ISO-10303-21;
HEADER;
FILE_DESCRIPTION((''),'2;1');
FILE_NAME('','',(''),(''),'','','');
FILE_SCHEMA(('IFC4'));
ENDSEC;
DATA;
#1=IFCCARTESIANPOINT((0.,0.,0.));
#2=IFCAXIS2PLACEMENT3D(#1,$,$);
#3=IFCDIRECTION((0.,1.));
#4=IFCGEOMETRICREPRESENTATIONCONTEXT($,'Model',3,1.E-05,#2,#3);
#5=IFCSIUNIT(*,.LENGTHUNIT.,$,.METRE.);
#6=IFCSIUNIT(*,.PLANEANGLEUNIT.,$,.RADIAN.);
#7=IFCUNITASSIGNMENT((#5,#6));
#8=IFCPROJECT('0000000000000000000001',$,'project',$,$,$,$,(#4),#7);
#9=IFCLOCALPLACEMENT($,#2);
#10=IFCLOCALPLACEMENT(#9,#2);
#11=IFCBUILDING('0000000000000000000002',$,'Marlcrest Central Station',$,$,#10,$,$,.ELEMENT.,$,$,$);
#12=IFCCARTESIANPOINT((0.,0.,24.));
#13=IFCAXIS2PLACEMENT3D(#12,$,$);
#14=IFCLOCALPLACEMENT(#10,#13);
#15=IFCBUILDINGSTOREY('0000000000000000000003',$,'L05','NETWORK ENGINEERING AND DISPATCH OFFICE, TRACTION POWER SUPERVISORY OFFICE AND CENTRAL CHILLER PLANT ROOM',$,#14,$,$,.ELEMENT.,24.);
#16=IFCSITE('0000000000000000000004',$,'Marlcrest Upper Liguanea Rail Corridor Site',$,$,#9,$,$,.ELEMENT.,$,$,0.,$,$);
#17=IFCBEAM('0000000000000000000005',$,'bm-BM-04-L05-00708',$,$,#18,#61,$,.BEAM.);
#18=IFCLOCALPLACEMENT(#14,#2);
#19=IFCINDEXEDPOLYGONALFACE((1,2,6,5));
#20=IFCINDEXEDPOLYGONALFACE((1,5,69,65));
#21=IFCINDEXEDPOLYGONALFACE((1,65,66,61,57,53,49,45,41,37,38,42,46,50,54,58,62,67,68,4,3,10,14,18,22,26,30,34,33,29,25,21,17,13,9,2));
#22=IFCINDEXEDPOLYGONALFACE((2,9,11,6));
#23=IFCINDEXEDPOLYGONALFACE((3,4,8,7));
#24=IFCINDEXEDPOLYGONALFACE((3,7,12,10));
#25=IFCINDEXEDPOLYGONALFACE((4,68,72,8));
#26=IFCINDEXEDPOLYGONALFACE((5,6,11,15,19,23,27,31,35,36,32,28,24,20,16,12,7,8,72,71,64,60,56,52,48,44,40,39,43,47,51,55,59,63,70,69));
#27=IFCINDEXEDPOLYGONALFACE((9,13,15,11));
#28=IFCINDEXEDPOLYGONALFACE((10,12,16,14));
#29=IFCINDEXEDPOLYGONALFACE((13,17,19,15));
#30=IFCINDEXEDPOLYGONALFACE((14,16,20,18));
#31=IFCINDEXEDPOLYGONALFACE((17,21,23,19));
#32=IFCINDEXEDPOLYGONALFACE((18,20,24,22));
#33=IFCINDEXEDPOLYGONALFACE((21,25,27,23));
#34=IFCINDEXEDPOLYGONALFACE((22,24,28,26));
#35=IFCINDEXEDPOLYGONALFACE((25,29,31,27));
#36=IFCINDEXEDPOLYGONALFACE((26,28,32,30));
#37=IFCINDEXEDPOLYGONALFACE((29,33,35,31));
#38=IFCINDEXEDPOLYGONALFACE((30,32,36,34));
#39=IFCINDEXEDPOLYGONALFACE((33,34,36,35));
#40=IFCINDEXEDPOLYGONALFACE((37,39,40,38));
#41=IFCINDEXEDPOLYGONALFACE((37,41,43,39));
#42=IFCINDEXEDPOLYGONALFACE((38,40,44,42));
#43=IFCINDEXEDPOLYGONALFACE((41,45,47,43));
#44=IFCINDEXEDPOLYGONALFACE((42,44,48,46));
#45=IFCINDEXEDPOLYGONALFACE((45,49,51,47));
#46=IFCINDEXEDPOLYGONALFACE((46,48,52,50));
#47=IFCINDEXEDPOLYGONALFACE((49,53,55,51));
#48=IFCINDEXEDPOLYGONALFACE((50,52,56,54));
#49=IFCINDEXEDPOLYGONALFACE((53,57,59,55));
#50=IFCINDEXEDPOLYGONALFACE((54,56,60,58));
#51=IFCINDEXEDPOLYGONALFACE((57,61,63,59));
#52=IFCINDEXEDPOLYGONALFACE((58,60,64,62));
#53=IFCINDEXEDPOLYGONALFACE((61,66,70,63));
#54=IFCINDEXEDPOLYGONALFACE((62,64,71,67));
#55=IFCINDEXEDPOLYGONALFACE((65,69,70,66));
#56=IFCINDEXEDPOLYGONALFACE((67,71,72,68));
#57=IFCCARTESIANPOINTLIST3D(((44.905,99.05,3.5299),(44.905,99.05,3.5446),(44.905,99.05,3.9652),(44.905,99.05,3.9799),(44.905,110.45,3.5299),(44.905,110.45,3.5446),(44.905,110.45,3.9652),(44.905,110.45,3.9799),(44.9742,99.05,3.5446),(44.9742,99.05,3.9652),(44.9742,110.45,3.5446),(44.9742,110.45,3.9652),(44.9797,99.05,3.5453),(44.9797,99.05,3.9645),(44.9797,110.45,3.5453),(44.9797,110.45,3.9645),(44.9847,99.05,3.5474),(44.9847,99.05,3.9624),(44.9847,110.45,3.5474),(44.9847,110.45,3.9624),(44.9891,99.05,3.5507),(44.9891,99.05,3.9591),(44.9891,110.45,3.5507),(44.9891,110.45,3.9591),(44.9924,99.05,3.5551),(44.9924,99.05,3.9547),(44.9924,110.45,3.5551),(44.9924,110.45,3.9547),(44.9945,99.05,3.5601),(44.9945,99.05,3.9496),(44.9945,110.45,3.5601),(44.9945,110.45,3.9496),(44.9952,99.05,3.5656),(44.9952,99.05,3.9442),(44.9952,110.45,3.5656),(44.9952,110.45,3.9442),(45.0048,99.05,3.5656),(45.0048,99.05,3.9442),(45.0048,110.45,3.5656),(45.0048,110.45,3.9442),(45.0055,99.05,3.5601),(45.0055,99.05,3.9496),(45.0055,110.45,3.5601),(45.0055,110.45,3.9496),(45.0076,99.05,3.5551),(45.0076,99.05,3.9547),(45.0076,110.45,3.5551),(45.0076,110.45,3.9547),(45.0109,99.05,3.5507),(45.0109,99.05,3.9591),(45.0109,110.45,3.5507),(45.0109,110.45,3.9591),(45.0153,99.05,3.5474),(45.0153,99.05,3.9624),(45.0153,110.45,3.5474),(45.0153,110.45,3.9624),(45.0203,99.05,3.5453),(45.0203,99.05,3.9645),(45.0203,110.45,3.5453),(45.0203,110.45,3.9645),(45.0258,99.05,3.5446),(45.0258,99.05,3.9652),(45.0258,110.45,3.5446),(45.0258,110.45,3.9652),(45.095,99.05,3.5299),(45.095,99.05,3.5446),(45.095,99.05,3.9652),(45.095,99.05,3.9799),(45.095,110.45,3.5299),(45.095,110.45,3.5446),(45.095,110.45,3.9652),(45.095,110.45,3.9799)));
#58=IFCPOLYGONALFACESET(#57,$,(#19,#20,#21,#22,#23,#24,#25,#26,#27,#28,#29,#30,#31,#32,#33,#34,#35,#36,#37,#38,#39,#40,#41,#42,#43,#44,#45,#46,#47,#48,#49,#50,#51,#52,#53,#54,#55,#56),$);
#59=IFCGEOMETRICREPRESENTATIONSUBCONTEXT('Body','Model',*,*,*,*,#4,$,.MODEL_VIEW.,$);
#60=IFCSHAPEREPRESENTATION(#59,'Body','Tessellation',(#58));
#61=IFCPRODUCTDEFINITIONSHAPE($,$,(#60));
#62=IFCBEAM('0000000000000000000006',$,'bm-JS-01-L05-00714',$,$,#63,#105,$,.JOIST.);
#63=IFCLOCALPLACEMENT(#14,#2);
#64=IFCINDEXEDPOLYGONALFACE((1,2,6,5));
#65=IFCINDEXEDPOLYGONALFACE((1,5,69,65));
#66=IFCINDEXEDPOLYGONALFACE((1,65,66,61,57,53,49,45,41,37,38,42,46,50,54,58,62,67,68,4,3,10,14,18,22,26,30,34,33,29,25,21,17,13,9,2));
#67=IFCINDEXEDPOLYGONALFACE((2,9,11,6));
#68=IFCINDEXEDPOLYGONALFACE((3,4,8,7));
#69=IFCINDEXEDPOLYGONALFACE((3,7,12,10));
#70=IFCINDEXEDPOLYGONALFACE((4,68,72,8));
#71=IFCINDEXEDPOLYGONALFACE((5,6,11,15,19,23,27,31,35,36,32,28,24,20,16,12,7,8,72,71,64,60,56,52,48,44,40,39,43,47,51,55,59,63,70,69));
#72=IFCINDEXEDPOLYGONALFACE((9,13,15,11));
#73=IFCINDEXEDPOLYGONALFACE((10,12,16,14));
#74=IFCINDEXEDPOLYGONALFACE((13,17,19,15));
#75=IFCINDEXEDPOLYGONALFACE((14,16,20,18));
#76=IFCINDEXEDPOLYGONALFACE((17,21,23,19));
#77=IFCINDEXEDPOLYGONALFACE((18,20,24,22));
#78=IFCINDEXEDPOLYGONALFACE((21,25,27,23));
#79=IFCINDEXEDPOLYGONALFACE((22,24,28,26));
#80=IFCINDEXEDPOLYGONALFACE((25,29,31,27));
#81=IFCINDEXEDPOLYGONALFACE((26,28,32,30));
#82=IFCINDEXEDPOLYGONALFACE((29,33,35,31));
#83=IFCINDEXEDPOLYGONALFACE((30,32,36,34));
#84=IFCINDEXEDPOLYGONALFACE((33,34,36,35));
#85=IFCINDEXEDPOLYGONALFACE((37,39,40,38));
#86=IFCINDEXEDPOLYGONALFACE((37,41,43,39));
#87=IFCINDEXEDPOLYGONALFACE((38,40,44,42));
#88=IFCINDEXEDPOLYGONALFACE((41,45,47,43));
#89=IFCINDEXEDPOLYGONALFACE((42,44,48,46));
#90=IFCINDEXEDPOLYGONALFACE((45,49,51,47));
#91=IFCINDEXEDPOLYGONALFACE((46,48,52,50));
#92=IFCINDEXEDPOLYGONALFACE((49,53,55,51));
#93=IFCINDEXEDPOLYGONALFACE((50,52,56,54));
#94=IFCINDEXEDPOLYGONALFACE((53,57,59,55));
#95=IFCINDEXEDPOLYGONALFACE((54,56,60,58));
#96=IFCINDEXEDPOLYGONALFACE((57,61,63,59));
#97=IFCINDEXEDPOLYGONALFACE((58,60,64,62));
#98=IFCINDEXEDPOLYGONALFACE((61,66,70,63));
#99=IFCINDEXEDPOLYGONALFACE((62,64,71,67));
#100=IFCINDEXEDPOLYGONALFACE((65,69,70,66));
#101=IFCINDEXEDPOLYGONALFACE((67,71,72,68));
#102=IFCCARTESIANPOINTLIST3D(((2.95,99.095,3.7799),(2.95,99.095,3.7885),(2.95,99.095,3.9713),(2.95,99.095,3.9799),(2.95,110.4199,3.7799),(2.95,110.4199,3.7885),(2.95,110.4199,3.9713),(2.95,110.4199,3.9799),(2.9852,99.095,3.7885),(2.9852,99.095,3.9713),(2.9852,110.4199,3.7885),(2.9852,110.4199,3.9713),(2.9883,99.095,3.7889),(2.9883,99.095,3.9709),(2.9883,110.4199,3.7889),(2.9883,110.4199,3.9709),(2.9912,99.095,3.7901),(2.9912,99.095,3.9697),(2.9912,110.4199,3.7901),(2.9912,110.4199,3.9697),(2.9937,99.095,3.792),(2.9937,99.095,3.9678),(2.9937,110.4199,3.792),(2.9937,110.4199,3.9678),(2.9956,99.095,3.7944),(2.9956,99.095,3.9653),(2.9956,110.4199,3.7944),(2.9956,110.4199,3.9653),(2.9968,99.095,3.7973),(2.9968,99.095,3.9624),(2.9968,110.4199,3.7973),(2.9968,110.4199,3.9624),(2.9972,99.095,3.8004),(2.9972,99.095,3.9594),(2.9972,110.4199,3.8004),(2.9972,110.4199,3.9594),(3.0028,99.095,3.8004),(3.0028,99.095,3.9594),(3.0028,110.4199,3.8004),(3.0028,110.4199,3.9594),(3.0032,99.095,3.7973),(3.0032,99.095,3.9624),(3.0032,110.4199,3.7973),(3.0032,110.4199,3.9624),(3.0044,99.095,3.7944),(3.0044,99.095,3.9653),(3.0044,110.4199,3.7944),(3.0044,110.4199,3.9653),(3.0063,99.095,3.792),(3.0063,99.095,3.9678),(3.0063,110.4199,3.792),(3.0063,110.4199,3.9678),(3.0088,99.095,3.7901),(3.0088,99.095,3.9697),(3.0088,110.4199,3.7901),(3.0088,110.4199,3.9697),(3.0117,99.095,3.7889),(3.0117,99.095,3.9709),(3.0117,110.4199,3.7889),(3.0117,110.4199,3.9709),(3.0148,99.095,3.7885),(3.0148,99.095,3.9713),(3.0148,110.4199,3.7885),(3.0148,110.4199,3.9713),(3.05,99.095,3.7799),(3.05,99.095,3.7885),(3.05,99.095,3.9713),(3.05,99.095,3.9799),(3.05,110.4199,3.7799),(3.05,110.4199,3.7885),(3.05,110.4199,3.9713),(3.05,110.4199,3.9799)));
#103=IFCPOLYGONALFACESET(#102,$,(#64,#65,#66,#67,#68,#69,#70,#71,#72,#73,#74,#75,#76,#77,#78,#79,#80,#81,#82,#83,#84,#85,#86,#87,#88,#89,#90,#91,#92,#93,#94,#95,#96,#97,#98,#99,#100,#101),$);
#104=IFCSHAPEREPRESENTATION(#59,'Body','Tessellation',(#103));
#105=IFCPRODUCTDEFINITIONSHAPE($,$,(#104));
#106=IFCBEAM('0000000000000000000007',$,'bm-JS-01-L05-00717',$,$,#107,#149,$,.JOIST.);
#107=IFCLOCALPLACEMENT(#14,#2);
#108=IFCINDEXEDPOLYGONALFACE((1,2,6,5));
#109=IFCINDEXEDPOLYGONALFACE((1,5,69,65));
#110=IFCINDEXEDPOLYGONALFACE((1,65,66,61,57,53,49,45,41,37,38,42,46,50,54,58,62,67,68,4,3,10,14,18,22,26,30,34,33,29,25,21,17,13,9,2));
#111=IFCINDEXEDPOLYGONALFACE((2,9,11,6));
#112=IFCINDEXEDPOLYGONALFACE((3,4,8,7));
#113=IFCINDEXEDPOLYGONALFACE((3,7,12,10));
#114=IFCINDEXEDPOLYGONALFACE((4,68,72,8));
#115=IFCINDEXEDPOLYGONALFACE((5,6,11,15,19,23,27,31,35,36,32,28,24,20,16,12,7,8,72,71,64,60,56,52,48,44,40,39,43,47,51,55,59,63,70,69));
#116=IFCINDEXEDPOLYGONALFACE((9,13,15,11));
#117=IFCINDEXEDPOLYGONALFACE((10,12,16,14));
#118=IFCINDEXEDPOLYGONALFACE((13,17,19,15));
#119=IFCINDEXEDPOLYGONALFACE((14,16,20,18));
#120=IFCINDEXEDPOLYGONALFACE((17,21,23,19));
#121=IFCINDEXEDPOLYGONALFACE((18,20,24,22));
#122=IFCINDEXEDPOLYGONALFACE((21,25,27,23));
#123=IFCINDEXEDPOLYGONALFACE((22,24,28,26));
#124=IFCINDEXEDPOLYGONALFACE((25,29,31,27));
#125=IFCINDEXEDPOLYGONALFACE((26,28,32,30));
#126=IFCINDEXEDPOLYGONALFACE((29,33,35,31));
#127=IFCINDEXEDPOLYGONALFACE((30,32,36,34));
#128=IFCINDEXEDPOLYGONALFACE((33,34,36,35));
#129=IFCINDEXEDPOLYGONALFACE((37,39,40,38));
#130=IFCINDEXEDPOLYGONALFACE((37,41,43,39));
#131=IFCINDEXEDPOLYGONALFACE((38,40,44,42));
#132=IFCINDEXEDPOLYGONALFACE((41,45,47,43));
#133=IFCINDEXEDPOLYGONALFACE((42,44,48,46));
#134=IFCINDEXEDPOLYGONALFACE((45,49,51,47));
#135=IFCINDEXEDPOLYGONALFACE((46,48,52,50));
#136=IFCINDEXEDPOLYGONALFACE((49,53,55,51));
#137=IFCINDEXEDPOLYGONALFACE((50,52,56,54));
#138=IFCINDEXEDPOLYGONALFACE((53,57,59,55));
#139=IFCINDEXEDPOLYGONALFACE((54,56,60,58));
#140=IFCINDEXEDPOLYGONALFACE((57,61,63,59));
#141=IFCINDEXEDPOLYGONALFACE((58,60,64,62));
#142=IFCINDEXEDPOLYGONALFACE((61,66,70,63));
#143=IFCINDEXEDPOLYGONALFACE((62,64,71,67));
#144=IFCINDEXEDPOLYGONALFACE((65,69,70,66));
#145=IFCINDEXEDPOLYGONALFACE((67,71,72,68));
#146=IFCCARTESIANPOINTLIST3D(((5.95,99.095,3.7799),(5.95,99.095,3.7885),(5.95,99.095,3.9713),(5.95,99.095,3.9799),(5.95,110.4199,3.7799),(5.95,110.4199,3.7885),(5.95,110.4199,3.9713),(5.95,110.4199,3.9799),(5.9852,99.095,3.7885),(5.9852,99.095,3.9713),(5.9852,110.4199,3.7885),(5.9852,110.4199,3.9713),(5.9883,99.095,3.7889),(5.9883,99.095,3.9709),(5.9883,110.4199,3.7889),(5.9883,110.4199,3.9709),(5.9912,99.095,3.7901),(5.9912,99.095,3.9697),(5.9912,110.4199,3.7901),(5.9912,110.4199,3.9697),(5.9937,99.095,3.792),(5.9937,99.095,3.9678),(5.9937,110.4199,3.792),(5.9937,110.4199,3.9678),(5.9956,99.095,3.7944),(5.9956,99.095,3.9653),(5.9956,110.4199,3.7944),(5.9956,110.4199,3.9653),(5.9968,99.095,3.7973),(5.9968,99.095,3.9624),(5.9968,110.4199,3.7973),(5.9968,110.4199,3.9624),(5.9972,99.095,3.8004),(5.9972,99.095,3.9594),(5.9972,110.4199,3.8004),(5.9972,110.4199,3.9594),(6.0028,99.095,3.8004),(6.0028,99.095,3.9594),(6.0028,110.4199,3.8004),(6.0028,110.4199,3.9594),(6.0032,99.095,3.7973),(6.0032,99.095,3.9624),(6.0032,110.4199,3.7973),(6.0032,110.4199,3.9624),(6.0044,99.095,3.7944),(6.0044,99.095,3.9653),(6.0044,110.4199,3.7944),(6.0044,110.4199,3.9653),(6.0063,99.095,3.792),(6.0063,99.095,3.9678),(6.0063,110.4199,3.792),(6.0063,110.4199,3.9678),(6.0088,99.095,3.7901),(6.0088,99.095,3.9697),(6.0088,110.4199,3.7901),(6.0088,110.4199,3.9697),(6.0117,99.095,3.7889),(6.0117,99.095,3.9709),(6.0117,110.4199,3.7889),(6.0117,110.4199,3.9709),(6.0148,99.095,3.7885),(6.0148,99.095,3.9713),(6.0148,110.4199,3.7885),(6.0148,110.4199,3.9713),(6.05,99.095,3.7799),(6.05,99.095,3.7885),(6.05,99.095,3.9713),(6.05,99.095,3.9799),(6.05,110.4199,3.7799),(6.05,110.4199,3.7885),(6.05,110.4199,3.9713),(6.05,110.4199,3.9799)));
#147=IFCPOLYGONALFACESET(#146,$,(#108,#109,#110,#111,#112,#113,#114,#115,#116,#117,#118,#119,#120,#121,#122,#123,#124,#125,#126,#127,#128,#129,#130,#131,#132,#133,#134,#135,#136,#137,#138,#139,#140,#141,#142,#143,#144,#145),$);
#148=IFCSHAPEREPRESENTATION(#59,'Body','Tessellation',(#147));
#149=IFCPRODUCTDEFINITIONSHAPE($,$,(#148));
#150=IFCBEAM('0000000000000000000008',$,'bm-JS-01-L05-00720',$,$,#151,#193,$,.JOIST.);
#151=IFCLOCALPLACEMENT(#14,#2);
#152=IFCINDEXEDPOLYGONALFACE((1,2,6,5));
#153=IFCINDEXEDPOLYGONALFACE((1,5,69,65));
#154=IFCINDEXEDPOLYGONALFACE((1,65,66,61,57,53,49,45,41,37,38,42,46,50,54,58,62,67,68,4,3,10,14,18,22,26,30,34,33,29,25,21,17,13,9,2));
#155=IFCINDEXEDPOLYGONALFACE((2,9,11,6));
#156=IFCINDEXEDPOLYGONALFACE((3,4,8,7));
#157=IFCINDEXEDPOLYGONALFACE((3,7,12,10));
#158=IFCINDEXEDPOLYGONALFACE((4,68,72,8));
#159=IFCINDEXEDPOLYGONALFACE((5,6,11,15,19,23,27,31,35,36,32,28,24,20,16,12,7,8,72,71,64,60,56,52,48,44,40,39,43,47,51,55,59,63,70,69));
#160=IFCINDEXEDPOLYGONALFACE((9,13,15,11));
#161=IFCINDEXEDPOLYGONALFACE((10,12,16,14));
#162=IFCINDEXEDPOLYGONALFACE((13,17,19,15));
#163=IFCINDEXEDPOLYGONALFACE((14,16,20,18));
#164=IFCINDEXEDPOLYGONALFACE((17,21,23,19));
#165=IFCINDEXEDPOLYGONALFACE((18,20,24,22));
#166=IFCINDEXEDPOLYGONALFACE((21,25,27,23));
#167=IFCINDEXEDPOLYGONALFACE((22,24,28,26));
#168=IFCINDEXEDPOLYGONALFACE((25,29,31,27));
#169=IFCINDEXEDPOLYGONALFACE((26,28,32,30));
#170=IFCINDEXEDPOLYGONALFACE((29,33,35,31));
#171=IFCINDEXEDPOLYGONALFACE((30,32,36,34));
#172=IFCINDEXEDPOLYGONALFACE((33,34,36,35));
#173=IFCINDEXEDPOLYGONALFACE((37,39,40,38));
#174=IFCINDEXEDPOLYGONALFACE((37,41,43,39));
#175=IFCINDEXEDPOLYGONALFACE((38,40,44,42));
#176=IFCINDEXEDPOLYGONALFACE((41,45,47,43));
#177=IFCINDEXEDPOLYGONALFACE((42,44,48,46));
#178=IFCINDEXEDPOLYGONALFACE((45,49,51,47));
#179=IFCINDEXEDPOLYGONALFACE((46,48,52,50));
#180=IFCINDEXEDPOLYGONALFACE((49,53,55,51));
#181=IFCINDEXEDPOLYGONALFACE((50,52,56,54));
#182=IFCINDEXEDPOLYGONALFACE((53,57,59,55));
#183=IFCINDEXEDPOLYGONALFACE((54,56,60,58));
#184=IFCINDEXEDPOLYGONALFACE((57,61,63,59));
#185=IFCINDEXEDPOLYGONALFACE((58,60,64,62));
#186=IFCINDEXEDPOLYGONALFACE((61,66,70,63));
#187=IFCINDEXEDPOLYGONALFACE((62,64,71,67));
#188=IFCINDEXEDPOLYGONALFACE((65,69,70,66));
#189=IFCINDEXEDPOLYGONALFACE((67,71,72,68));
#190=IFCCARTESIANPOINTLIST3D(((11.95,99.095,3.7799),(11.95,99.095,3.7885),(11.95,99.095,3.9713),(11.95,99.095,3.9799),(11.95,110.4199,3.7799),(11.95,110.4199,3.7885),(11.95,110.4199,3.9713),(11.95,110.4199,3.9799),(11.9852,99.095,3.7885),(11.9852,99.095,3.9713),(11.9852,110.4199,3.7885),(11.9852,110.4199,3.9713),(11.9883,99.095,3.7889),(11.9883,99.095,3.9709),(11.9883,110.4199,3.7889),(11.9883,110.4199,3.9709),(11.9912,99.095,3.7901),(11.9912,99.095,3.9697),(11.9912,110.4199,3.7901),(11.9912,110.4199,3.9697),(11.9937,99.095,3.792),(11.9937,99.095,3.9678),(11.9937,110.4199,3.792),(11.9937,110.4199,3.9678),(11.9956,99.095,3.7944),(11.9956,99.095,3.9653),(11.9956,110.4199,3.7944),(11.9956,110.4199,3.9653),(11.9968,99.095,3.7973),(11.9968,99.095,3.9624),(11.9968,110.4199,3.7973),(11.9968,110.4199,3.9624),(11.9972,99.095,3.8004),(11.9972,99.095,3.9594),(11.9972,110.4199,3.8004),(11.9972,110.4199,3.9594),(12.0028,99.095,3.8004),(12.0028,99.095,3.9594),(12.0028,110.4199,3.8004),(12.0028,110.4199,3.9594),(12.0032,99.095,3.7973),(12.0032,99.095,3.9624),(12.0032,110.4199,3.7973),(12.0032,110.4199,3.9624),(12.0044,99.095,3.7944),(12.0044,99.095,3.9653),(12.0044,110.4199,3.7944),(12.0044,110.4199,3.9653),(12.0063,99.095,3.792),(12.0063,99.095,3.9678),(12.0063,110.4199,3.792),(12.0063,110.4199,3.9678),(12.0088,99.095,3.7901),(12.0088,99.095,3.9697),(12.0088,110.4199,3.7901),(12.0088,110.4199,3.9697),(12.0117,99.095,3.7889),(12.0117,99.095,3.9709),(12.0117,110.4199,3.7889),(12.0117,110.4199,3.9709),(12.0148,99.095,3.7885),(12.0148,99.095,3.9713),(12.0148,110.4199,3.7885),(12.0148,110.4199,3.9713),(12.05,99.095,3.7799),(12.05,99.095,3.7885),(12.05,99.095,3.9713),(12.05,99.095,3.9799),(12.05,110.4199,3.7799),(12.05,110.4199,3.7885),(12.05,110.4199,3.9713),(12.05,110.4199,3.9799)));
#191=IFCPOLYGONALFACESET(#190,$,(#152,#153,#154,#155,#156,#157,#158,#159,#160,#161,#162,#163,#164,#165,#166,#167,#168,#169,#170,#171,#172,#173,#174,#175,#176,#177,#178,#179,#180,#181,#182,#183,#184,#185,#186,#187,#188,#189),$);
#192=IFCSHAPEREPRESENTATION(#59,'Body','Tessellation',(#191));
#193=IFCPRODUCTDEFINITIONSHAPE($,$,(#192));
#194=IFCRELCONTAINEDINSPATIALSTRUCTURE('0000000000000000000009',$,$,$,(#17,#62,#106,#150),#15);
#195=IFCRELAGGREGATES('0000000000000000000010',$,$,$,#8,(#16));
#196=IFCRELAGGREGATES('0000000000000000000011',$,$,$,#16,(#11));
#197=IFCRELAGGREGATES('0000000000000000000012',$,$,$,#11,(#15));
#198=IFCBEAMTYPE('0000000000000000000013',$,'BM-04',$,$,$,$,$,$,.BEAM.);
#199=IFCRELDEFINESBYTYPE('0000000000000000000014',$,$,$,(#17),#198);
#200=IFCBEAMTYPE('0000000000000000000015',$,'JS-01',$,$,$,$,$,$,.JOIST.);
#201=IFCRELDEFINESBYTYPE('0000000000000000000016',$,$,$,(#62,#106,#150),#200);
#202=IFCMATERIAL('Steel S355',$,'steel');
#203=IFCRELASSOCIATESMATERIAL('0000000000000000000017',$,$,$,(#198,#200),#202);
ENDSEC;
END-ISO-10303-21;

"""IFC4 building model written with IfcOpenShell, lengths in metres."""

from ifc_helpers import new_model, si_unit, direction, frame, origin, origin_2d, place, context, subcontext, project, spatial, i_section, extrude, material, material_profile, profile_set, type_object, element, save


model = new_model("IFC4")

# Units and contexts
model_context = context("Model", 3, precision=1e-05, world=origin(), true_north=direction((0.0, 1.0)))
body_context = subcontext(model_context, "Body", "Model", "MODEL_VIEW")
ifc_project = project(units=[si_unit("LENGTHUNIT", "METRE"), si_unit("PLANEANGLEUNIT", "RADIAN")], contexts=[model_context])

# Site, building, storey
site_placement = place(None, origin())
site = spatial("IfcSite", under=ifc_project, at=site_placement, Name="Marlcrest Upper Liguanea Rail Corridor Site", CompositionType="ELEMENT", RefElevation=0.0)
building_placement = place(site_placement, origin())
building = spatial("IfcBuilding", under=site, at=building_placement, Name="Marlcrest Central Station", CompositionType="ELEMENT")
storey_placement = place(building_placement, frame((0.0, 0.0, 24.0)))
storey = spatial("IfcBuildingStorey", under=building, at=storey_placement, Name="L05", Description="NETWORK ENGINEERING AND DISPATCH OFFICE, TRACTION POWER SUPERVISORY OFFICE AND CENTRAL CHILLER PLANT ROOM", CompositionType="ELEMENT", Elevation=24.0)

# Beams
ifc_material_1 = material(Name="Steel S355", Category="steel")
ifc_material_profile_1 = material_profile(ifc_material_1, i_section(OverallWidth=0.1899, OverallDepth=0.45, WebThickness=0.0095, FlangeThickness=0.0146, FilletRadius=0.021, at=origin_2d()), Name="IPE 450")
ifc_profile_set_1 = profile_set([ifc_material_profile_1], Name="Steel S355")
beam_type_1 = type_object("IfcBeamType", Name="BM-04", PredefinedType="BEAM", material=ifc_profile_set_1)
for number, where, z_axis, x_axis, name in (
    (1, (45.0, 99.05, 3.7549), (0.0, 1.0, 0.0), (-1.0, 0.0, 0.0), "bm-BM-04-L05-00708"),
):
    element("IfcBeam", number, at=place(storey_placement, frame(where, z_axis=z_axis, x_axis=x_axis)), inside=storey, type_object=beam_type_1, Name=name, PredefinedType="BEAM", context=body_context, shape_type="SweptSolid", body=[
        extrude(i_section(OverallWidth=0.1899, OverallDepth=0.45, WebThickness=0.0095, FlangeThickness=0.0146, FilletRadius=0.021, at=origin_2d()), origin(), (0.0, 0.0, 1.0), 11.3999),
    ])
ifc_material_profile_2 = material_profile(ifc_material_1, i_section(OverallWidth=0.1001, OverallDepth=0.2, WebThickness=0.0056, FlangeThickness=0.0085, FilletRadius=0.012, at=origin_2d()), Name="IPE 200")
ifc_profile_set_2 = profile_set([ifc_material_profile_2], Name="Steel S355")
beam_type_2 = type_object("IfcBeamType", Name="JS-01", PredefinedType="JOIST", material=ifc_profile_set_2)
for number, where, z_axis, x_axis, name in (
    (2, (3.0, 99.095, 3.8799), (0.0, 1.0, 0.0), (-1.0, 0.0, 0.0), "bm-JS-01-L05-00714"),
    (3, (6.0, 99.095, 3.8799), (0.0, 1.0, 0.0), (-1.0, 0.0, 0.0), "bm-JS-01-L05-00717"),
    (4, (12.0, 99.095, 3.8799), (0.0, 1.0, 0.0), (-1.0, 0.0, 0.0), "bm-JS-01-L05-00720"),
):
    element("IfcBeam", number, at=place(storey_placement, frame(where, z_axis=z_axis, x_axis=x_axis)), inside=storey, type_object=beam_type_2, Name=name, PredefinedType="JOIST", context=body_context, shape_type="SweptSolid", body=[
        extrude(i_section(OverallWidth=0.1001, OverallDepth=0.2, WebThickness=0.0056, FlangeThickness=0.0085, FilletRadius=0.012, at=origin_2d()), origin(), (0.0, 0.0, 1.0), 11.325),
    ])

save(model, "model.ifc")
